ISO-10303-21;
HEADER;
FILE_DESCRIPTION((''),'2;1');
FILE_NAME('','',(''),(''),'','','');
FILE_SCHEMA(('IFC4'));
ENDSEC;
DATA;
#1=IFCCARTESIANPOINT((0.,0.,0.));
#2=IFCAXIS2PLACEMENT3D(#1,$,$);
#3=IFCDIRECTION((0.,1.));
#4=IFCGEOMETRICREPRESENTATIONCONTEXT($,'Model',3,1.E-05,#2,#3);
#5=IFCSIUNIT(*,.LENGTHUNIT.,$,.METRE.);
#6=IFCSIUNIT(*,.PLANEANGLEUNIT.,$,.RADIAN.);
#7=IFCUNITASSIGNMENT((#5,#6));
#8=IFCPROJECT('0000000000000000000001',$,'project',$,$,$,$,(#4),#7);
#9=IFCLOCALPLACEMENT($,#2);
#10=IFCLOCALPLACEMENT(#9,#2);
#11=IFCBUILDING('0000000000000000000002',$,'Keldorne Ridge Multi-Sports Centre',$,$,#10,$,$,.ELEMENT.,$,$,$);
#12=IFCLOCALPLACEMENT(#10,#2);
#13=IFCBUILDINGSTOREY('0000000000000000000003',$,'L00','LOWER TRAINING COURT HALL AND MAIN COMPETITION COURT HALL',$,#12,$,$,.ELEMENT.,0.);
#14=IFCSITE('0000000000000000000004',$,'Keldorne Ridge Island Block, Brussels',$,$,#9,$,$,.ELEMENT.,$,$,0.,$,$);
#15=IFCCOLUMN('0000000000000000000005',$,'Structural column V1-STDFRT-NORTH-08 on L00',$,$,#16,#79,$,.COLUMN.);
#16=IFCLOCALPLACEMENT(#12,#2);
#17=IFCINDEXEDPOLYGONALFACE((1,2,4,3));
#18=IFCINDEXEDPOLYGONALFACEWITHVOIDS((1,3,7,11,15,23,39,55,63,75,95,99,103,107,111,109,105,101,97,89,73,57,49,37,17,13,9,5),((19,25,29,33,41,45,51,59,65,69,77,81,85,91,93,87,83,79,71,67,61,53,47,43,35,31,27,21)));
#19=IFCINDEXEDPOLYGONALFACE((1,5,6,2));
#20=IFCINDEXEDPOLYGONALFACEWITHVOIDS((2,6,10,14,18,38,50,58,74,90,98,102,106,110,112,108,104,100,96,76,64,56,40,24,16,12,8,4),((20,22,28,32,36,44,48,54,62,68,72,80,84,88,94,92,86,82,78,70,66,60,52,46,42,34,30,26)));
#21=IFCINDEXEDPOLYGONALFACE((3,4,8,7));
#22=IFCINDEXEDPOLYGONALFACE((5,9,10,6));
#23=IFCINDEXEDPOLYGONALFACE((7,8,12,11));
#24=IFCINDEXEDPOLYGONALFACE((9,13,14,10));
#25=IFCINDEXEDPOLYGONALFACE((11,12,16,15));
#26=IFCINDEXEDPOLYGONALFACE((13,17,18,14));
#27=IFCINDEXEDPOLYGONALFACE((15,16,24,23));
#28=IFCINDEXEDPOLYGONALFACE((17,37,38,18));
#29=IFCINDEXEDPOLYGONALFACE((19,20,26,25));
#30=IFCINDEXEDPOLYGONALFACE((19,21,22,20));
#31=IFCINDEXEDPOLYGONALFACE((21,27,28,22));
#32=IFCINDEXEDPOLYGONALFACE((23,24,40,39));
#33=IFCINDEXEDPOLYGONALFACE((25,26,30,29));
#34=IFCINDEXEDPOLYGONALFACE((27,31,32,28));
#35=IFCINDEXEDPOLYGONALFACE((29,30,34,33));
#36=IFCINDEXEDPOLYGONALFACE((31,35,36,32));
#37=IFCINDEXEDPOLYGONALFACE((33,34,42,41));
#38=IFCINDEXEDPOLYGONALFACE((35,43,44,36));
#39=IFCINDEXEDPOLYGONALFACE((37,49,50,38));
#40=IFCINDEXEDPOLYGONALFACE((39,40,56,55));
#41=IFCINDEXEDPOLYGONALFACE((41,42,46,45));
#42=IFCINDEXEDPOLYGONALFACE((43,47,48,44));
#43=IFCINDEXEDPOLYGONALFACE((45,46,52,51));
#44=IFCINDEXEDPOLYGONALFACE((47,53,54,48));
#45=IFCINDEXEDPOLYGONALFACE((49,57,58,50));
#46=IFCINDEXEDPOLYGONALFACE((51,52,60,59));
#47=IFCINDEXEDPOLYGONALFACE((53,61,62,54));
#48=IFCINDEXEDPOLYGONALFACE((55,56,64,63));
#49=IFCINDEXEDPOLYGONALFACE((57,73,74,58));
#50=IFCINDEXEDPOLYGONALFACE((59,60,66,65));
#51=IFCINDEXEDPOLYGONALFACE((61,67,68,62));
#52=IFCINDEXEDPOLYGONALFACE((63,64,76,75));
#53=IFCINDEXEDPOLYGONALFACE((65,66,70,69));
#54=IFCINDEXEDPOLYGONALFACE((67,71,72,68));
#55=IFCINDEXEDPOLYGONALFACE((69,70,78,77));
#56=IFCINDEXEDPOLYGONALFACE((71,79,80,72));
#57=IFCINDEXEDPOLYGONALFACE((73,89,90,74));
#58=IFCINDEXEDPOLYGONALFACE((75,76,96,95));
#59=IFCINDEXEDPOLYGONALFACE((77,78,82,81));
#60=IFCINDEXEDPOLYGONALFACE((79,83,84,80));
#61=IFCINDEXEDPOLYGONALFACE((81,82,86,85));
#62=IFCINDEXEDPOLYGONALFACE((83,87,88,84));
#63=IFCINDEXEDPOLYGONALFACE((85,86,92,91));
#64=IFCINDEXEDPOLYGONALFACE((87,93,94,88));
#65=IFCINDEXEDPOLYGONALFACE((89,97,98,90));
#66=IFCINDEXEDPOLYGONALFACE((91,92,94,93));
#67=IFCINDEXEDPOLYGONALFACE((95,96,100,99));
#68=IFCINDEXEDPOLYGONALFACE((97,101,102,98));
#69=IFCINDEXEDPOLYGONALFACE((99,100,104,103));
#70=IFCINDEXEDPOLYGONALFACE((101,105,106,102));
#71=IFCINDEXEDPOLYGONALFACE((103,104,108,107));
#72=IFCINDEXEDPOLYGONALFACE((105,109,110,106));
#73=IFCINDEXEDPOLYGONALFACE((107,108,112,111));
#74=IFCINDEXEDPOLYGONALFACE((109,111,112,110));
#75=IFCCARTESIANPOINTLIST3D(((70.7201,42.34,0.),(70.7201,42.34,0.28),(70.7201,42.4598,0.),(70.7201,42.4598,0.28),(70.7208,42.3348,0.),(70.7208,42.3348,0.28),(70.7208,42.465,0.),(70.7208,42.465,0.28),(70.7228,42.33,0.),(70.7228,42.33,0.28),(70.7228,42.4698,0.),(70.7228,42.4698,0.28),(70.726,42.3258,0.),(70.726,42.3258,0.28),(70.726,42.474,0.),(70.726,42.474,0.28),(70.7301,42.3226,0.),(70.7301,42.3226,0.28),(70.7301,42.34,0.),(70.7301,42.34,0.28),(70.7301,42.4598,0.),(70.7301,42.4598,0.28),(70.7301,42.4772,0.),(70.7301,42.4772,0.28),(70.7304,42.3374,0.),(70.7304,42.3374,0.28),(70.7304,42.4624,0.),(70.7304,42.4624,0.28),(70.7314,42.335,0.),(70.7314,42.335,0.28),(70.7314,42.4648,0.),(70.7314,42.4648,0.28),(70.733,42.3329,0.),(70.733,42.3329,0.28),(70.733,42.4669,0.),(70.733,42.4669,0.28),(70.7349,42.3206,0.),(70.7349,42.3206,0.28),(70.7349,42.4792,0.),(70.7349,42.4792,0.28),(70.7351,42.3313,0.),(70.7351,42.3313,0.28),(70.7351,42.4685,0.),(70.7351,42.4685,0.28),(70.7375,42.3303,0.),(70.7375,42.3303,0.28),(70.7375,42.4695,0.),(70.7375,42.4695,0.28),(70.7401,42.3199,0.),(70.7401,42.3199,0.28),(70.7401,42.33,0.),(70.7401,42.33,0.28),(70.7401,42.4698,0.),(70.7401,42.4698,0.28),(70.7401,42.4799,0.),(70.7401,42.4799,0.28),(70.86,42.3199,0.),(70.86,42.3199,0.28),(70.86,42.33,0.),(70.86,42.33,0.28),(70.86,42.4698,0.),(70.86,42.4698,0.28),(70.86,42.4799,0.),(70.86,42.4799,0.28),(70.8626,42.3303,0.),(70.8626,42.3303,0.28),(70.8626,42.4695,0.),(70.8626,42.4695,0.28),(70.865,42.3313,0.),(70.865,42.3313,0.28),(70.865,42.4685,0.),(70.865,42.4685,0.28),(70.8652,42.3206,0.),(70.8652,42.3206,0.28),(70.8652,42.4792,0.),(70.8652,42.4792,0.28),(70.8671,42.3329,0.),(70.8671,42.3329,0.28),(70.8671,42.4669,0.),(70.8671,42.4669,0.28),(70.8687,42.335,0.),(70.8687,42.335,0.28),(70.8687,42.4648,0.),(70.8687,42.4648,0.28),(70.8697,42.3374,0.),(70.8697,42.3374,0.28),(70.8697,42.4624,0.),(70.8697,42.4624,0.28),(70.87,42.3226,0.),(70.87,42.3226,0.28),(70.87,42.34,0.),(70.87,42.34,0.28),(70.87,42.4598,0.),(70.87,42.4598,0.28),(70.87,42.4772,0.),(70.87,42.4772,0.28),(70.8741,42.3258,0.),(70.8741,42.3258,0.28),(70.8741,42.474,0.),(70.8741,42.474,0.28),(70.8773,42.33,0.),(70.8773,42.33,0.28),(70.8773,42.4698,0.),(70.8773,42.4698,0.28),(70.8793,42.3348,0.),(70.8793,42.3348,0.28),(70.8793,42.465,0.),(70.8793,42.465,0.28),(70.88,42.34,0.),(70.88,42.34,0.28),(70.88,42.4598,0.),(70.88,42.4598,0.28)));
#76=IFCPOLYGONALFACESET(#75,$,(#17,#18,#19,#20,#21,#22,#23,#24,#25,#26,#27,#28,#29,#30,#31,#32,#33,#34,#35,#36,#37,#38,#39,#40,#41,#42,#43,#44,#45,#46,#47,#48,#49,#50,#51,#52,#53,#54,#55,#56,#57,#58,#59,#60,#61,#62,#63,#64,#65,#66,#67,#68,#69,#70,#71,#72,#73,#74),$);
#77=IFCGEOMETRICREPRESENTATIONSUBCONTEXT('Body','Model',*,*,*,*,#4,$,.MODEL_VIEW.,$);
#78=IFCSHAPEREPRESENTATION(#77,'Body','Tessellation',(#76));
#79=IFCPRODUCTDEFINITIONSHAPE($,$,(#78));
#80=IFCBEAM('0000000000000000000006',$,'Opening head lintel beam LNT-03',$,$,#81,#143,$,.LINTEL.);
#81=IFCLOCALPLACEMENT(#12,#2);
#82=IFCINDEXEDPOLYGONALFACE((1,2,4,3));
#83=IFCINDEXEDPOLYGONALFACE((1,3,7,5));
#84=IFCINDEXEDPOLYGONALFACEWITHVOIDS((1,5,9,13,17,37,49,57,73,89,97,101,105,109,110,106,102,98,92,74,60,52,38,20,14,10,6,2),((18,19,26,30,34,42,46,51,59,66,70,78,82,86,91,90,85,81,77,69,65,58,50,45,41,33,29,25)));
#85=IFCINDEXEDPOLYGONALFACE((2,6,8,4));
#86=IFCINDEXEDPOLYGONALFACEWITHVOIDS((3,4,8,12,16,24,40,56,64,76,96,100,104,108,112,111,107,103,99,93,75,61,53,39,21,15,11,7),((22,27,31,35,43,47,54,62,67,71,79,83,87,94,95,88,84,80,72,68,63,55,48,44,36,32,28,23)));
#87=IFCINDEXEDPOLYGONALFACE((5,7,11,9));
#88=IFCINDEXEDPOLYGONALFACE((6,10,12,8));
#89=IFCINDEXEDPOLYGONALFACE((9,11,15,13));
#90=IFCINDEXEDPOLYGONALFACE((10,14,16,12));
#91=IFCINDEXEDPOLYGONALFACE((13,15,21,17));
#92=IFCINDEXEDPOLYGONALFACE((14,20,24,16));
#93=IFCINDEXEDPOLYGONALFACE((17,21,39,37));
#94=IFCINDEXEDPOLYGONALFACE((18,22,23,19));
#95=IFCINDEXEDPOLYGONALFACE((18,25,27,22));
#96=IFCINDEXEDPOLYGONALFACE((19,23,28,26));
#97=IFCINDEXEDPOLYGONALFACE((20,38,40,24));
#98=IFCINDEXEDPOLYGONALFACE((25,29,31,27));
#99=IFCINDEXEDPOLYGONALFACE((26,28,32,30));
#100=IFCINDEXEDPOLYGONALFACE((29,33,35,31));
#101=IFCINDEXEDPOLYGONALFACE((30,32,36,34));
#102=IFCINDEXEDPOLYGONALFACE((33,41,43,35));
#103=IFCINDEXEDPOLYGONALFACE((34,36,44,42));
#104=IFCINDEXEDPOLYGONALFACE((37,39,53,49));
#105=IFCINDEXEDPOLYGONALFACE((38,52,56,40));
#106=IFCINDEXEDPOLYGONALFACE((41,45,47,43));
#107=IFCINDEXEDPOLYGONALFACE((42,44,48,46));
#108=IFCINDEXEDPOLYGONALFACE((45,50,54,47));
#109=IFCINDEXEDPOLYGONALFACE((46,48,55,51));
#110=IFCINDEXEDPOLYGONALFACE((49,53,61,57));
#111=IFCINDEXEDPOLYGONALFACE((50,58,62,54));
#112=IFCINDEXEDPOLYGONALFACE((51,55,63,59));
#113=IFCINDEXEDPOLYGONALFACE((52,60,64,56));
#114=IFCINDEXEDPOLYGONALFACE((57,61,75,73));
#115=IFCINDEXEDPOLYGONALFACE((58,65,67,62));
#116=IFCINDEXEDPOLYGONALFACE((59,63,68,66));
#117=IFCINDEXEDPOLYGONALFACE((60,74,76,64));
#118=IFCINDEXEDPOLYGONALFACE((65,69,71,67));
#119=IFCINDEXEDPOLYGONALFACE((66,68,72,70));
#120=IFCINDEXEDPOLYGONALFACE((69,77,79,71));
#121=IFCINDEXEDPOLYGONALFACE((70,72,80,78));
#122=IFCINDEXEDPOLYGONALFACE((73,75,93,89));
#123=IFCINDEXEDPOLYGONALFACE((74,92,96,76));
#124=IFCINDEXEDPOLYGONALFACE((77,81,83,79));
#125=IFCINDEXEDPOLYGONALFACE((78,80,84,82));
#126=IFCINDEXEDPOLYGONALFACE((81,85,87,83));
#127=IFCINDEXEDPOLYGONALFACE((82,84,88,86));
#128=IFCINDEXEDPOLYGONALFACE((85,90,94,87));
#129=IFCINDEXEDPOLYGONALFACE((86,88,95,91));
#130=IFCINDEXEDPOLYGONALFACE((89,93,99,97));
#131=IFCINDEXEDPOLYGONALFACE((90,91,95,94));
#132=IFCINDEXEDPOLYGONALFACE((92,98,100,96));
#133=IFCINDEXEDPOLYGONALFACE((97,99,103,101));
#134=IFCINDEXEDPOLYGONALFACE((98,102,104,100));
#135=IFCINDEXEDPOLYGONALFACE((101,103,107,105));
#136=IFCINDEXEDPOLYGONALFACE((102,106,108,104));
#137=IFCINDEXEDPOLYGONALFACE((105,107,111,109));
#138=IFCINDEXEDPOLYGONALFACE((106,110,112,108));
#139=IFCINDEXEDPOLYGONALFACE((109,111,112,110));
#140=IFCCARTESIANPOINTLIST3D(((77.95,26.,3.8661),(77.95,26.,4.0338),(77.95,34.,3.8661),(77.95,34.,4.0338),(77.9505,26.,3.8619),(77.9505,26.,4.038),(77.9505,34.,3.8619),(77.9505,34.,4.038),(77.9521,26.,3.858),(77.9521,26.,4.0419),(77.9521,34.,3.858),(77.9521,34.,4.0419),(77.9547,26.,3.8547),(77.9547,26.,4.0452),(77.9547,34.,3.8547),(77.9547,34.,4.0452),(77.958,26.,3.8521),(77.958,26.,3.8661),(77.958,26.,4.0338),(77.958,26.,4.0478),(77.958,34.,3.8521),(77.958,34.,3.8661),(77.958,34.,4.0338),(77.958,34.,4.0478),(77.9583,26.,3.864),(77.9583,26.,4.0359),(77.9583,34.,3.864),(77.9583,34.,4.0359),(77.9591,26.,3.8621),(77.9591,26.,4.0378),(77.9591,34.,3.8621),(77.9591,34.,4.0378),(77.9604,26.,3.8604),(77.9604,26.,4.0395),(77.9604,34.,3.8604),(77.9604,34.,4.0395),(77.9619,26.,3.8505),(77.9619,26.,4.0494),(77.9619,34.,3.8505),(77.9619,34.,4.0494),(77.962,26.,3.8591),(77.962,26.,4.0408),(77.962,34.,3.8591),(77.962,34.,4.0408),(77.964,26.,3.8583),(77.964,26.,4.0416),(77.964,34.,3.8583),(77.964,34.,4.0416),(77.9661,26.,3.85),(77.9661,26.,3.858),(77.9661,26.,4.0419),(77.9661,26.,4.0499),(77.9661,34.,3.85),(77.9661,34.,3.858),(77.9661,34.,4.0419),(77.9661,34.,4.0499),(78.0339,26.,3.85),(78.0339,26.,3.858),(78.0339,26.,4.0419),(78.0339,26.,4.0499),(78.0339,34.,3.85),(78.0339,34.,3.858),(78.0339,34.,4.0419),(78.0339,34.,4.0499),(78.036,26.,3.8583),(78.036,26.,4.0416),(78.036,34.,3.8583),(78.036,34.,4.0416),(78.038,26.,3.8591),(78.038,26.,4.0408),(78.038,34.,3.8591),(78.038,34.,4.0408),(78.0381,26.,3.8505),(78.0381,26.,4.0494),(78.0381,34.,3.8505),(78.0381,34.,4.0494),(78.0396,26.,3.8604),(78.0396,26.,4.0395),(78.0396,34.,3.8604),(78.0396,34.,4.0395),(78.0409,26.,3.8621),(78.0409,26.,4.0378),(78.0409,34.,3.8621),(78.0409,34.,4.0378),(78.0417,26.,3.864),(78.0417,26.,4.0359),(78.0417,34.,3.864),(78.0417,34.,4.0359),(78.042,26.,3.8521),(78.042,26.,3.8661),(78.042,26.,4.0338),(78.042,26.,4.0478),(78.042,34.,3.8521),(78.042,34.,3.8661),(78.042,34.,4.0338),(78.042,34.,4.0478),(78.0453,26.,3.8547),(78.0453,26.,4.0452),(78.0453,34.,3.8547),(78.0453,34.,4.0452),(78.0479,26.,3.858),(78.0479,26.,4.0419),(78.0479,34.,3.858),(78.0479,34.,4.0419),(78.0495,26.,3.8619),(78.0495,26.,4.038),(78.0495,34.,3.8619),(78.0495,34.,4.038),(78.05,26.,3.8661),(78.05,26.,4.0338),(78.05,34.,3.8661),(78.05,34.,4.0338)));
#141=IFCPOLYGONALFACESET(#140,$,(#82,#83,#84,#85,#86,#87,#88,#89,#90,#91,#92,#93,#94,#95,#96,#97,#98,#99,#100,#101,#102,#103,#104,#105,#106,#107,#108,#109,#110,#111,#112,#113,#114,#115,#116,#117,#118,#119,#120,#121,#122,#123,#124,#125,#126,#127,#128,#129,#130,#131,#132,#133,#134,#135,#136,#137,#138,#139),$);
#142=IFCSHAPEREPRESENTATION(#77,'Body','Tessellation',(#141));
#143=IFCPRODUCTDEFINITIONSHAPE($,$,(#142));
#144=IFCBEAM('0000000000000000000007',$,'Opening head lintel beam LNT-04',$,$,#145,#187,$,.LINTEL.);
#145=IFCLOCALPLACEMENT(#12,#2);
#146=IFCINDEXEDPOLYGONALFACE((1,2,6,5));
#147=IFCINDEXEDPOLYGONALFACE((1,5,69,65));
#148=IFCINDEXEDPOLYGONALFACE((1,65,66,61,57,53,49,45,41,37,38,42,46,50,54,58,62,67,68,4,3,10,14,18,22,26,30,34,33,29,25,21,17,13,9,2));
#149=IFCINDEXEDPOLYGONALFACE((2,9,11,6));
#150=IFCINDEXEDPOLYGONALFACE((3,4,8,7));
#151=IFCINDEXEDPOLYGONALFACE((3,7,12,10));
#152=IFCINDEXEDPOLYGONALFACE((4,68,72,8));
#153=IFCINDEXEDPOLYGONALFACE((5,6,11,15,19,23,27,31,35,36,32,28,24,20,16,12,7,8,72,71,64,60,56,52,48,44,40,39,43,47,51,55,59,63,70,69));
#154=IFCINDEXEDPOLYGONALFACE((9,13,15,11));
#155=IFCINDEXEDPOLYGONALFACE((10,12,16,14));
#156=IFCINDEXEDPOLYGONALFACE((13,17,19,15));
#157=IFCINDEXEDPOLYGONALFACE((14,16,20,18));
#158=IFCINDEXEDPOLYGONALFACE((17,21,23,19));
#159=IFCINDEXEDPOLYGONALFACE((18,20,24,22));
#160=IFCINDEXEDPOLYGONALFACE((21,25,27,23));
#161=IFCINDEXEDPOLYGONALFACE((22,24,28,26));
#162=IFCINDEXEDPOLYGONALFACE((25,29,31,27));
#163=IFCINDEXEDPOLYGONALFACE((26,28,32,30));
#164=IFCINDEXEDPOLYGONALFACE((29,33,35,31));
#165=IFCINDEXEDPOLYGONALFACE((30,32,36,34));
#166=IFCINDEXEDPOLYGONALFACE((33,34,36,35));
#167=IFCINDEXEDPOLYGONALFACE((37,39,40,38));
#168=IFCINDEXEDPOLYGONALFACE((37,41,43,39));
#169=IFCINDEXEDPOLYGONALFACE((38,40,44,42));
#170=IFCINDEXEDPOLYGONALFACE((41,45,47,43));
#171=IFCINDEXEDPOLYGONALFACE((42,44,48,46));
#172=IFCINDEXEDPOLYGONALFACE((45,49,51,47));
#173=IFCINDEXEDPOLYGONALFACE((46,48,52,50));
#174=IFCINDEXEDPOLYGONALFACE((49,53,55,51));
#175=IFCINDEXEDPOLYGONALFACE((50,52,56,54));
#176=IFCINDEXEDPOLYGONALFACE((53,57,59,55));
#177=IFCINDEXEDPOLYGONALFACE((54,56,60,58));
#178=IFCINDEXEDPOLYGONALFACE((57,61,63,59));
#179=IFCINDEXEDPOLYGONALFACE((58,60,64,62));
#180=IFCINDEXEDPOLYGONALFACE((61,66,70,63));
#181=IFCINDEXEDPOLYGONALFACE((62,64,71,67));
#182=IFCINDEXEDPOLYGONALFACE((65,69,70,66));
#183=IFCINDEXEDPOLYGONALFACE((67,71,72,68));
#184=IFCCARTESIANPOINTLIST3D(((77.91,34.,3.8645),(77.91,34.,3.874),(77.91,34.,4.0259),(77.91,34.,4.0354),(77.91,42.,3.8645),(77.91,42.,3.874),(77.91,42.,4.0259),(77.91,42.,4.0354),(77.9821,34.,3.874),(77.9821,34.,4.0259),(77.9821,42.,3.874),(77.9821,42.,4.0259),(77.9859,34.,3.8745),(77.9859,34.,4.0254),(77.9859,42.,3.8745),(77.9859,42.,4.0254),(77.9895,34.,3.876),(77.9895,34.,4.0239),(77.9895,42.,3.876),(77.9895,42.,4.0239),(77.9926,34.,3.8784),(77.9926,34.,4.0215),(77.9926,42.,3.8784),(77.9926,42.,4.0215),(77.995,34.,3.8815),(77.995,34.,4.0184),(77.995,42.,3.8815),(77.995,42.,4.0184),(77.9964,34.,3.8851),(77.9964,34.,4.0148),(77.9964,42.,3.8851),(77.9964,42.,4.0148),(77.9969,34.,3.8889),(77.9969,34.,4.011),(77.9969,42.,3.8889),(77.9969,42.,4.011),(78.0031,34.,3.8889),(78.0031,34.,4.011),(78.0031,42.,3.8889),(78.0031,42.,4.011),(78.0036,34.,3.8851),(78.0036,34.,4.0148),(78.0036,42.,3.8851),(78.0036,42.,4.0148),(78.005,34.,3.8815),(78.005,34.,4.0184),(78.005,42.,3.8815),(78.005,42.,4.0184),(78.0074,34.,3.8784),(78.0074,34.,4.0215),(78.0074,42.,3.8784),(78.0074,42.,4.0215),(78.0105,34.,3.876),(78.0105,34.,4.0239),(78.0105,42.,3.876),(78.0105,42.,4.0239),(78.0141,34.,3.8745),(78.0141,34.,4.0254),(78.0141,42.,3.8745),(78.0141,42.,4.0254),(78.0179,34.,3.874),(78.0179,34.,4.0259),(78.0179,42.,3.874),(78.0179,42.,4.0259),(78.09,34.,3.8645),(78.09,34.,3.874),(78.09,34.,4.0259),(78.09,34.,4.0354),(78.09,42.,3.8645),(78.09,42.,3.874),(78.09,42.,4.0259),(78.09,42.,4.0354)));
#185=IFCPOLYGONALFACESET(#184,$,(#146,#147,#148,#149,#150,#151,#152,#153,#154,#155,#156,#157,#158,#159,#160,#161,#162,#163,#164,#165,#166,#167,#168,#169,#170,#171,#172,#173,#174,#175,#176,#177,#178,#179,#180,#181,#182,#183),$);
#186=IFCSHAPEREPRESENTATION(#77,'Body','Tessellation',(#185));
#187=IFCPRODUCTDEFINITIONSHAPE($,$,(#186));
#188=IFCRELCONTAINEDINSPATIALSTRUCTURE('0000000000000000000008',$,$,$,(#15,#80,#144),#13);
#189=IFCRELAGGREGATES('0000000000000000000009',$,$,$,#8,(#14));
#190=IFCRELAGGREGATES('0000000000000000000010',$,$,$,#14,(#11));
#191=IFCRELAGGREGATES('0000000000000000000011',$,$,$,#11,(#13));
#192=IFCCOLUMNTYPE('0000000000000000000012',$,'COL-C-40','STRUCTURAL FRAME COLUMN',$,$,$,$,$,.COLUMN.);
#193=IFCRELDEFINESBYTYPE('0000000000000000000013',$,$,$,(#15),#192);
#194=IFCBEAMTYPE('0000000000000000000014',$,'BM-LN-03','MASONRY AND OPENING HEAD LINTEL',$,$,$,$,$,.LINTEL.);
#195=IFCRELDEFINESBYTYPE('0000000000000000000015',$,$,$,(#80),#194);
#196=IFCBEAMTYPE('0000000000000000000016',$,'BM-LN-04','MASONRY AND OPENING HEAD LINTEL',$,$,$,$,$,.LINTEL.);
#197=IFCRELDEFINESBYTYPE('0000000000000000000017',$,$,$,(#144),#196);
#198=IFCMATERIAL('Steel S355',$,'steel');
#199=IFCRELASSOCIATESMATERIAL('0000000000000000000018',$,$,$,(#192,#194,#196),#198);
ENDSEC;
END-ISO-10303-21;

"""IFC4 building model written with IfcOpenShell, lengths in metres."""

from ifc_helpers import new_model, si_unit, direction, frame, origin, origin_2d, place, context, subcontext, project, spatial, hollow_rectangle, i_section, extrude, material, material_profile, profile_set, type_object, element, save


model = new_model("IFC4")

# Units and contexts
model_context = context("Model", 3, precision=1e-05, world=origin(), true_north=direction((0.0, 1.0)))
body_context = subcontext(model_context, "Body", "Model", "MODEL_VIEW")
ifc_project = project(units=[si_unit("LENGTHUNIT", "METRE"), si_unit("PLANEANGLEUNIT", "RADIAN")], contexts=[model_context])

# Site, building, storey
site_placement = place(None, origin())
site = spatial("IfcSite", under=ifc_project, at=site_placement, Name="Keldorne Ridge Island Block, Brussels", CompositionType="ELEMENT", RefElevation=0.0)
building_placement = place(site_placement, origin())
building = spatial("IfcBuilding", under=site, at=building_placement, Name="Keldorne Ridge Multi-Sports Centre", CompositionType="ELEMENT")
storey_placement = place(building_placement, origin())
storey = spatial("IfcBuildingStorey", under=building, at=storey_placement, Name="L00", Description="LOWER TRAINING COURT HALL AND MAIN COMPETITION COURT HALL", CompositionType="ELEMENT", Elevation=0.0)

# Column
ifc_material_1 = material(Name="Steel S355", Category="steel")
ifc_material_profile_1 = material_profile(ifc_material_1, hollow_rectangle(XDim=0.1599, YDim=0.1599, WallThickness=0.01, InnerFilletRadius=0.01, OuterFilletRadius=0.02, at=origin_2d()), Name="SHS 160x160x10")
ifc_profile_set_1 = profile_set([ifc_material_profile_1], Name="Steel S355")
column_type_1 = type_object("IfcColumnType", Name="COL-C-40", Description="STRUCTURAL FRAME COLUMN", PredefinedType="COLUMN", material=ifc_profile_set_1)
column_placement = place(storey_placement, frame((70.8, 42.3999, 0.0), z_axis=(0.0, 0.0, 1.0), x_axis=(1.0, 0.0, 0.0)))
element("IfcColumn", 1, at=column_placement, inside=storey, type_object=column_type_1, Name="Structural column V1-STDFRT-NORTH-08 on L00", PredefinedType="COLUMN", context=body_context, shape_type="SweptSolid", body=[
    extrude(hollow_rectangle(XDim=0.1599, YDim=0.1599, WallThickness=0.01, InnerFilletRadius=0.01, OuterFilletRadius=0.02, at=origin_2d()), origin(), (0.0, 0.0, 1.0), 0.28),
])

# Beams
ifc_material_profile_2 = material_profile(ifc_material_1, hollow_rectangle(XDim=0.1001, YDim=0.2, WallThickness=0.0081, InnerFilletRadius=0.0081, OuterFilletRadius=0.0161, at=origin_2d()), Name="RHS 200x100x8")
ifc_profile_set_2 = profile_set([ifc_material_profile_2], Name="Steel S355")
beam_type_1 = type_object("IfcBeamType", Name="BM-LN-03", Description="MASONRY AND OPENING HEAD LINTEL", PredefinedType="LINTEL", material=ifc_profile_set_2)
beam_1_placement = place(storey_placement, frame((78.0, 26.0, 3.95), z_axis=(0.0, 1.0, 0.0), x_axis=(-1.0, 0.0, 0.0)))
element("IfcBeam", 2, at=beam_1_placement, inside=storey, type_object=beam_type_1, Name="Opening head lintel beam LNT-03", PredefinedType="LINTEL", context=body_context, shape_type="SweptSolid", body=[
    extrude(hollow_rectangle(XDim=0.1001, YDim=0.2, WallThickness=0.0081, InnerFilletRadius=0.0081, OuterFilletRadius=0.0161, at=origin_2d()), origin(), (0.0, 0.0, 1.0), 8.0),
])
ifc_material_profile_3 = material_profile(ifc_material_1, i_section(OverallWidth=0.1799, OverallDepth=0.1709, WebThickness=0.0061, FlangeThickness=0.0095, FilletRadius=0.0149, at=origin_2d()), Name="HEA 180")
ifc_profile_set_3 = profile_set([ifc_material_profile_3], Name="Steel S355")
beam_type_2 = type_object("IfcBeamType", Name="BM-LN-04", Description="MASONRY AND OPENING HEAD LINTEL", PredefinedType="LINTEL", material=ifc_profile_set_3)
beam_2_placement = place(storey_placement, frame((78.0, 34.0, 3.95), z_axis=(0.0, 1.0, 0.0), x_axis=(-1.0, 0.0, 0.0)))
element("IfcBeam", 3, at=beam_2_placement, inside=storey, type_object=beam_type_2, Name="Opening head lintel beam LNT-04", PredefinedType="LINTEL", context=body_context, shape_type="SweptSolid", body=[
    extrude(i_section(OverallWidth=0.1799, OverallDepth=0.1709, WebThickness=0.0061, FlangeThickness=0.0095, FilletRadius=0.0149, at=origin_2d()), origin(), (0.0, 0.0, 1.0), 8.0),
])

save(model, "model.ifc")
